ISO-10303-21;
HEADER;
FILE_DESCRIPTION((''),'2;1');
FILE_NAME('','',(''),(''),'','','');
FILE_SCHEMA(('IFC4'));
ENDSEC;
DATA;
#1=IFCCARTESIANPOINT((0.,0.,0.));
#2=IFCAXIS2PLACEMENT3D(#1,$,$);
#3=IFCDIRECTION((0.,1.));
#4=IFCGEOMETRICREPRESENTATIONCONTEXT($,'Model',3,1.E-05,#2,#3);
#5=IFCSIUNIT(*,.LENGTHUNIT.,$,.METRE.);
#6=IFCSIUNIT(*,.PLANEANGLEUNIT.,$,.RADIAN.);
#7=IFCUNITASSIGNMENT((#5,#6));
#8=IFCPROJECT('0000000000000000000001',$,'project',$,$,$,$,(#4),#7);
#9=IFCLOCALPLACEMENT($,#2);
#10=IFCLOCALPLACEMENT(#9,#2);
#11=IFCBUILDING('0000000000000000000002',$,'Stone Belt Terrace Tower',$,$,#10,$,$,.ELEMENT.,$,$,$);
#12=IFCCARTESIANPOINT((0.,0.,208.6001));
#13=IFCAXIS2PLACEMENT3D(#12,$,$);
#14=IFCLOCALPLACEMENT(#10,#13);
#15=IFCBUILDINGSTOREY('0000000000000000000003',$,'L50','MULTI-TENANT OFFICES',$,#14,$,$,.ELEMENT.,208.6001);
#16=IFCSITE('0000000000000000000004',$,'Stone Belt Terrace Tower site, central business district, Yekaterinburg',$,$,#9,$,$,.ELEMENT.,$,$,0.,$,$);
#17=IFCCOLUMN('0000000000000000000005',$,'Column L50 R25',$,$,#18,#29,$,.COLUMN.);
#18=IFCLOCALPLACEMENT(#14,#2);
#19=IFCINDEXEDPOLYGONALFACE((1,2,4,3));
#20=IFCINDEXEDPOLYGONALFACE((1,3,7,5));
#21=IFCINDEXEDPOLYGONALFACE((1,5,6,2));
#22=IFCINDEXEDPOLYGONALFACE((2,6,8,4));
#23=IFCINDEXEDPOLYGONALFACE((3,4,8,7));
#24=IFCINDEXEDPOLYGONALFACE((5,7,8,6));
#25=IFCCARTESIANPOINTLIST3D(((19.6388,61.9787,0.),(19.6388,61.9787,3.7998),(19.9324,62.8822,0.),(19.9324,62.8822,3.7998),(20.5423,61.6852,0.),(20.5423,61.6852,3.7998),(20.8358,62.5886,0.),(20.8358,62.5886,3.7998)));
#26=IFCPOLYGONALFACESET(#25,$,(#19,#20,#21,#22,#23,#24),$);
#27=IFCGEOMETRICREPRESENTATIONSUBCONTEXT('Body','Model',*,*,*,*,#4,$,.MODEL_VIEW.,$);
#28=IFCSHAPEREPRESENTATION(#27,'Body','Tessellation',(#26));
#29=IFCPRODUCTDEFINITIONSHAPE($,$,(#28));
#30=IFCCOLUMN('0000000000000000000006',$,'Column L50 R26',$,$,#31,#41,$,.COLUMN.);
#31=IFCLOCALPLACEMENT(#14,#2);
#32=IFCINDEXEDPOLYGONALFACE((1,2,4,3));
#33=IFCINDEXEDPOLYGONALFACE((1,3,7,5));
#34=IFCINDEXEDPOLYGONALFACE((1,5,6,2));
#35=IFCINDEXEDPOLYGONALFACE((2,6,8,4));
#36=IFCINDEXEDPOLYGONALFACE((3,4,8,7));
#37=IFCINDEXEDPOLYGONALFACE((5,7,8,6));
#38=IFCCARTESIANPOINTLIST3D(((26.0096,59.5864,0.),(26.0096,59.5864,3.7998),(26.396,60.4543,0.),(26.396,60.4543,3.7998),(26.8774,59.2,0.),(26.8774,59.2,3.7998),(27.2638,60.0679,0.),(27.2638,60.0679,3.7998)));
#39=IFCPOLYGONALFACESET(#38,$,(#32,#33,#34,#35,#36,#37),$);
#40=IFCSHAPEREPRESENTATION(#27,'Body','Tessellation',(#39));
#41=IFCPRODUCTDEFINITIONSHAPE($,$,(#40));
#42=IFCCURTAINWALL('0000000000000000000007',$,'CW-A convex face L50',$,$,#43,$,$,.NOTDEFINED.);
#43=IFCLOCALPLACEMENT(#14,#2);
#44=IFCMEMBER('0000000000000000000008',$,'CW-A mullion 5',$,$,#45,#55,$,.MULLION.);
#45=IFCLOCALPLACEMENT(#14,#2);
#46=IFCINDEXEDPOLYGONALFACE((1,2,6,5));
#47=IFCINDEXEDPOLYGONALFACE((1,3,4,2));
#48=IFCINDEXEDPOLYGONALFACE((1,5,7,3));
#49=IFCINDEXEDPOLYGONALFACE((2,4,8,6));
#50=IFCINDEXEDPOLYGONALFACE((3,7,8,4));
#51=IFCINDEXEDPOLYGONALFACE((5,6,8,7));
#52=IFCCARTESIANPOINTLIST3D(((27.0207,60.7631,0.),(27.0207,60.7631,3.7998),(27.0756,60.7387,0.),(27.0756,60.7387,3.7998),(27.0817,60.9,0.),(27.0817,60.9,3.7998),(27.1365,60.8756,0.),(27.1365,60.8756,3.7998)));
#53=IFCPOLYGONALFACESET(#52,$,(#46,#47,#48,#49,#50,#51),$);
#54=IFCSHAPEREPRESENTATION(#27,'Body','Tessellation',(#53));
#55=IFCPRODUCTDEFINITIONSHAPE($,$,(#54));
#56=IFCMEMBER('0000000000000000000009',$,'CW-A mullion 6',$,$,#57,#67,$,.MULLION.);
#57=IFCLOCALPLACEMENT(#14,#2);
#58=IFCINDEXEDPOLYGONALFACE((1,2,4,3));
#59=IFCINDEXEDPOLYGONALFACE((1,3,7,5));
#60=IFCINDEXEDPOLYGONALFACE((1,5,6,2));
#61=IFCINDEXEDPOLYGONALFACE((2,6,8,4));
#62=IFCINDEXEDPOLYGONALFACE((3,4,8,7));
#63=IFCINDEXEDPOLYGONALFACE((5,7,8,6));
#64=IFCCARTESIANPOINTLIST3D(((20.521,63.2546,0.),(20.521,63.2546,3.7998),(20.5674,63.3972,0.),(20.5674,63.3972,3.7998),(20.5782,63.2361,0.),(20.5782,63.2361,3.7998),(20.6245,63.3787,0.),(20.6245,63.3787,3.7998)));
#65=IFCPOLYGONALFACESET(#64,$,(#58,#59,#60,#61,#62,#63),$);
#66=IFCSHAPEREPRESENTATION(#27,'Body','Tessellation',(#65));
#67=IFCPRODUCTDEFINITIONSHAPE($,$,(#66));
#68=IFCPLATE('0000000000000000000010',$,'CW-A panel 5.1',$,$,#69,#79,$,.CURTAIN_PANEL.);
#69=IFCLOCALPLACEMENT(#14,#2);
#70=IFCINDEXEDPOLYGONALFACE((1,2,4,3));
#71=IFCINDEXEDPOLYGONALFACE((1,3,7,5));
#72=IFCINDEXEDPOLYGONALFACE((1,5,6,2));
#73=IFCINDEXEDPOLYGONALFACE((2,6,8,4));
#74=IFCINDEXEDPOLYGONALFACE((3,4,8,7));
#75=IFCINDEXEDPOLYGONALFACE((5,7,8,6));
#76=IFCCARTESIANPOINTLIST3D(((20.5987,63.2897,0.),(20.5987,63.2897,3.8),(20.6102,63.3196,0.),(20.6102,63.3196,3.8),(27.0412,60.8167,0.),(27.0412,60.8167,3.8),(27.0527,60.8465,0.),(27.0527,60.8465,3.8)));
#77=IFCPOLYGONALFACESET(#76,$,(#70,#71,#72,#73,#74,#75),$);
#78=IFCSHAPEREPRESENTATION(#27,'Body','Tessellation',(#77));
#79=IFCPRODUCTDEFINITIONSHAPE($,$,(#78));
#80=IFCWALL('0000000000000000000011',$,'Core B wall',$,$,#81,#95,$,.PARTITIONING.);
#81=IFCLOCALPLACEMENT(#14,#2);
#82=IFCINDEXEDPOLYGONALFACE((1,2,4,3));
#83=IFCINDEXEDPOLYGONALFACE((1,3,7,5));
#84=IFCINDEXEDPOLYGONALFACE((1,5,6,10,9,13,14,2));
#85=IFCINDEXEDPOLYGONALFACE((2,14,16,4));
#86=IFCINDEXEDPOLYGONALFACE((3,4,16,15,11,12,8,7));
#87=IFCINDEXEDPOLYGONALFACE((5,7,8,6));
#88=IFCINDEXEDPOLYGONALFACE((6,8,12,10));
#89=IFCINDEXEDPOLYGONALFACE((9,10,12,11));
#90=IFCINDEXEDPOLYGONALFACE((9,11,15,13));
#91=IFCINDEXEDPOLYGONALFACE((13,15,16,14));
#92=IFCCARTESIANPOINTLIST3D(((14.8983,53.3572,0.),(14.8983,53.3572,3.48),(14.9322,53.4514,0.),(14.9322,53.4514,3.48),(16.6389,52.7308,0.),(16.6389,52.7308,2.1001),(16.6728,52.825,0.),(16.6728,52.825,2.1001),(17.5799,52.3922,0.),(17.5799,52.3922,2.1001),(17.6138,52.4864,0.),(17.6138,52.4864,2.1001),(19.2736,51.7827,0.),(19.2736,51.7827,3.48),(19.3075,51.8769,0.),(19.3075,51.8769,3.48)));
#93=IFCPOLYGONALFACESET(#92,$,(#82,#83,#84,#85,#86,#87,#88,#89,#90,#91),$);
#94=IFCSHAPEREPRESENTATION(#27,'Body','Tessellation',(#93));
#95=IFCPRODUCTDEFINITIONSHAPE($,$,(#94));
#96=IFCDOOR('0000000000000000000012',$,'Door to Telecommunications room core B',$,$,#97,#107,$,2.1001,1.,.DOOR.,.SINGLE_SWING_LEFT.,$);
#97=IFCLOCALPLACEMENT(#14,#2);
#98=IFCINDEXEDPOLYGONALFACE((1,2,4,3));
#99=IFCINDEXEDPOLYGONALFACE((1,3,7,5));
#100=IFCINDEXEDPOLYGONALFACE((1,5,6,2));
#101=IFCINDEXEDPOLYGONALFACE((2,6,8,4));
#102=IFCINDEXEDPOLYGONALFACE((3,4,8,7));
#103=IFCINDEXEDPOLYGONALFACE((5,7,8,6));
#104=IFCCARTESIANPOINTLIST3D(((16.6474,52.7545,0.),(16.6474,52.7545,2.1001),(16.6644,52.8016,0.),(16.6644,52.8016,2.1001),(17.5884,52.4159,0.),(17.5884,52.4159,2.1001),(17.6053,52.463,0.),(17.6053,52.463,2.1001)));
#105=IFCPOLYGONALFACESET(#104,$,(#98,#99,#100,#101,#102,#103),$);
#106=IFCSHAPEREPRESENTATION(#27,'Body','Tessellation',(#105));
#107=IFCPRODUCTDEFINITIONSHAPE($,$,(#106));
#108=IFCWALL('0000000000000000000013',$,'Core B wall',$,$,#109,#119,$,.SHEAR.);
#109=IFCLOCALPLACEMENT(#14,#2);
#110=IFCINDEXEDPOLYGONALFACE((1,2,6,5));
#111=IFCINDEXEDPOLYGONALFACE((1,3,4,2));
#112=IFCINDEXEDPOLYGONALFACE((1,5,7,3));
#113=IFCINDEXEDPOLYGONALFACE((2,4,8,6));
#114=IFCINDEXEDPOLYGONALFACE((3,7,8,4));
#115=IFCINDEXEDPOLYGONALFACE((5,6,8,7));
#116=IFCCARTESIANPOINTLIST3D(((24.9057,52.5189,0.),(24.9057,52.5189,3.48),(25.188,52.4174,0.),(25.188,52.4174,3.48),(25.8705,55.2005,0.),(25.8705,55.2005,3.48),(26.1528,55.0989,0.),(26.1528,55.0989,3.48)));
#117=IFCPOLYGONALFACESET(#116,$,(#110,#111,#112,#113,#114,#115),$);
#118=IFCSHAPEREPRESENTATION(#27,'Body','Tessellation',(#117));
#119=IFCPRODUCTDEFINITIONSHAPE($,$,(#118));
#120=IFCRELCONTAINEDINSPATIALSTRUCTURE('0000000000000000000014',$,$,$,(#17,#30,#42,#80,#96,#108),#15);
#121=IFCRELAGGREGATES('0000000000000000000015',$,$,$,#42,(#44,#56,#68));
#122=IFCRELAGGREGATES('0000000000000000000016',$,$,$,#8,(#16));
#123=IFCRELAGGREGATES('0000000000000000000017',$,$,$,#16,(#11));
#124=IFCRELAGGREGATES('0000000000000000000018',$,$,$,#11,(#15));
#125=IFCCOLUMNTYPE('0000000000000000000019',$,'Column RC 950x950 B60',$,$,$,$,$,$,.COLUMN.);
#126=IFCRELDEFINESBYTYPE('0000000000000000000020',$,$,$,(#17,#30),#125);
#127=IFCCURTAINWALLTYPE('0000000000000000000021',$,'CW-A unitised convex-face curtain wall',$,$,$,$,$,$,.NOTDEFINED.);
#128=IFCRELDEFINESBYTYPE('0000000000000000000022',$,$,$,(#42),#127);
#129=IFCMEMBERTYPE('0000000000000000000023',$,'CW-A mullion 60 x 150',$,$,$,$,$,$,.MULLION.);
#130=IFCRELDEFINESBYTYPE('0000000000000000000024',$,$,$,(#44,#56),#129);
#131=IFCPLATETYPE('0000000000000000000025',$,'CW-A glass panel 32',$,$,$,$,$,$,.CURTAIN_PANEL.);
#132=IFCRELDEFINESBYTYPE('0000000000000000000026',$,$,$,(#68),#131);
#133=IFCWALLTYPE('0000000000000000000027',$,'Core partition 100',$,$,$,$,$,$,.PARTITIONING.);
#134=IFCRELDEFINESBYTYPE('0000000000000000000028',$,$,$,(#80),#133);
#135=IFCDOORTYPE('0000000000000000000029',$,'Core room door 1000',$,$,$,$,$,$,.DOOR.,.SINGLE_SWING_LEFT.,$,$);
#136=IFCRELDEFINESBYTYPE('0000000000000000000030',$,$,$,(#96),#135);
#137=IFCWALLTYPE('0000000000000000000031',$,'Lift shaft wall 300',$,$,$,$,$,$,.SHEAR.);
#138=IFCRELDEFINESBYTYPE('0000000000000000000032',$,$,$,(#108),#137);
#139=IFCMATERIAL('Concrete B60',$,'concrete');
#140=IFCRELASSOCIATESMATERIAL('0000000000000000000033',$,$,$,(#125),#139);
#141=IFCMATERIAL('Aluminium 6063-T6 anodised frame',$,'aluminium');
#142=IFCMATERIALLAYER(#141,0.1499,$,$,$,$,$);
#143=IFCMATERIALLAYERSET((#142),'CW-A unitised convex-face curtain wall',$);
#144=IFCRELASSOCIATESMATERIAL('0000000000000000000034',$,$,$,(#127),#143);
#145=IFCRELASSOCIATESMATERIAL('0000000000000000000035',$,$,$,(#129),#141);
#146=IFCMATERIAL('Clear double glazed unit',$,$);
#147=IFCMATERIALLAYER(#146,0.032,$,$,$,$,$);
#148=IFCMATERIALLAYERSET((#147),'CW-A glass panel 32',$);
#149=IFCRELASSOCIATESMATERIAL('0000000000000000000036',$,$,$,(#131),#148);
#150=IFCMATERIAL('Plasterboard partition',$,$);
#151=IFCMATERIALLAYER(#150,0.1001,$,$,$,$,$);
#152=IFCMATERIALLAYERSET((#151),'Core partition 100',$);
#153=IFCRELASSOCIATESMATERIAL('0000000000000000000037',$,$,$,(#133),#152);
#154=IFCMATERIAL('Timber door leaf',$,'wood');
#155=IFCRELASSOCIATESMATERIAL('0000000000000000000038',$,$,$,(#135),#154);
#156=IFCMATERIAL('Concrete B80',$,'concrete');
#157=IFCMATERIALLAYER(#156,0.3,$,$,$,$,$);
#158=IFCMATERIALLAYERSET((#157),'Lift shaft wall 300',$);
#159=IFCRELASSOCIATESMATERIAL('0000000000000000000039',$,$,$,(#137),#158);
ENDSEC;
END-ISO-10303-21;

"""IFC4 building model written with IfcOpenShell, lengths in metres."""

from ifc_helpers import new_model, si_unit, direction, frame, frame_2d, origin, origin_2d, place, context, subcontext, project, spatial, rectangle, extrude, material, layer, layer_set, material_profile, profile_set, type_object, element, fill, aggregate, save


model = new_model("IFC4")

# Units and contexts
model_context = context("Model", 3, precision=1e-05, world=origin(), true_north=direction((0.0, 1.0)))
body_context = subcontext(model_context, "Body", "Model", "MODEL_VIEW")
ifc_project = project(units=[si_unit("LENGTHUNIT", "METRE"), si_unit("PLANEANGLEUNIT", "RADIAN")], contexts=[model_context])

# Site, building, storey
site_placement = place(None, origin())
site = spatial("IfcSite", under=ifc_project, at=site_placement, Name="Stone Belt Terrace Tower site, central business district, Yekaterinburg", CompositionType="ELEMENT", RefElevation=0.0)
building_placement = place(site_placement, origin())
building = spatial("IfcBuilding", under=site, at=building_placement, Name="Stone Belt Terrace Tower", CompositionType="ELEMENT")
storey_placement = place(building_placement, frame((0.0, 0.0, 208.6001)))
storey = spatial("IfcBuildingStorey", under=building, at=storey_placement, Name="L50", Description="MULTI-TENANT OFFICES", CompositionType="ELEMENT", Elevation=208.6001)

# Columns
ifc_material_1 = material(Name="Concrete B60", Category="concrete")
ifc_material_profile_1 = material_profile(ifc_material_1, rectangle(XDim=0.95, YDim=0.95, at=origin_2d()), Name="RC 950x950")
ifc_profile_set_1 = profile_set([ifc_material_profile_1], Name="Concrete B60")
column_type = type_object("IfcColumnType", Name="Column RC 950x950 B60", PredefinedType="COLUMN", material=ifc_profile_set_1)
for number, where, z_axis, x_axis, name in (
    (1, (20.2373, 62.2837, 0.0), (0.0, 0.0, 1.0), (0.951057, -0.309017, 0.0), "Column L50 R25"),
    (2, (26.6367, 59.8271, 0.0), (0.0, 0.0, 1.0), (0.913545, -0.406737, 0.0), "Column L50 R26"),
):
    element("IfcColumn", number, at=place(storey_placement, frame(where, z_axis=z_axis, x_axis=x_axis)), inside=storey, type_object=column_type, Name=name, PredefinedType="COLUMN", context=body_context, shape_type="SweptSolid", body=[
        extrude(rectangle(XDim=0.95, YDim=0.95, at=origin_2d()), origin(), (0.0, 0.0, 1.0), 3.7998),
    ])

# Curtain wall, members, plate
ifc_material_2 = material(Name="Aluminium 6063-T6 anodised frame", Category="aluminium")
ifc_layer_1 = layer(ifc_material_2, 0.1499)
ifc_layer_set_1 = layer_set([ifc_layer_1], Name="CW-A unitised convex-face curtain wall")
curtain_wall_type = type_object("IfcCurtainWallType", Name="CW-A unitised convex-face curtain wall", PredefinedType="NOTDEFINED", material=ifc_layer_set_1)
curtain_wall_placement = place(storey_placement, origin())
curtain_wall = element("IfcCurtainWall", 3, at=curtain_wall_placement, inside=storey, type_object=curtain_wall_type, Name="CW-A convex face L50", PredefinedType="NOTDEFINED")
ifc_material_profile_2 = material_profile(ifc_material_2, rectangle(XDim=0.1499, YDim=0.0601, at=origin_2d()), Name="Aluminium 6063-T6 60x150")
ifc_profile_set_2 = profile_set([ifc_material_profile_2], Name="Aluminium 6063-T6 anodised frame")
member_type = type_object("IfcMemberType", Name="CW-A mullion 60 x 150", PredefinedType="MULLION", material=ifc_profile_set_2)
member_1_placement = place(storey_placement, frame((27.0786, 60.8193, 0.0), z_axis=(0.0, 0.0, 1.0), x_axis=(-0.406737, -0.913545, 0.0)))
member_1 = element("IfcMember", 4, at=member_1_placement, type_object=member_type, Name="CW-A mullion 5", PredefinedType="MULLION", context=body_context, shape_type="SweptSolid", body=[
    extrude(rectangle(XDim=0.1499, YDim=0.0601, at=origin_2d()), origin(), (0.0, 0.0, 1.0), 3.7998),
])
member_2_placement = place(storey_placement, frame((20.5728, 63.3167, 0.0), z_axis=(0.0, 0.0, 1.0), x_axis=(-0.309017, -0.951057, 0.0)))
member_2 = element("IfcMember", 5, at=member_2_placement, type_object=member_type, Name="CW-A mullion 6", PredefinedType="MULLION", context=body_context, shape_type="SweptSolid", body=[
    extrude(rectangle(XDim=0.1499, YDim=0.0601, at=origin_2d()), origin(), (0.0, 0.0, 1.0), 3.7998),
])
ifc_material_3 = material(Name="Clear double glazed unit")
ifc_layer_2 = layer(ifc_material_3, 0.032)
ifc_layer_set_2 = layer_set([ifc_layer_2], Name="CW-A glass panel 32")
plate_type = type_object("IfcPlateType", Name="CW-A glass panel 32", PredefinedType="CURTAIN_PANEL", material=ifc_layer_set_2)
plate_placement = place(storey_placement, frame((23.8257, 62.0681, 0.0), z_axis=(0.0, 0.0, 1.0), x_axis=(-0.93358, 0.358368, 0.0)))
plate = element("IfcPlate", 6, at=plate_placement, type_object=plate_type, Name="CW-A panel 5.1", PredefinedType="CURTAIN_PANEL", context=body_context, shape_type="SweptSolid", body=[
    extrude(rectangle(XDim=6.9009, YDim=0.032, at=origin_2d()), origin(), (0.0, 0.0, 1.0), 3.8),
])
aggregate(curtain_wall, [member_1, member_2, plate])

# Wall, opening, door
ifc_material_4 = material(Name="Plasterboard partition")
ifc_layer_3 = layer(ifc_material_4, 0.1001)
ifc_layer_set_3 = layer_set([ifc_layer_3], Name="Core partition 100")
wall_type_1 = type_object("IfcWallType", Name="Core partition 100", PredefinedType="PARTITIONING", material=ifc_layer_set_3)
wall_1_placement = place(storey_placement, frame((19.2905, 51.8298, 0.0), z_axis=(0.0, 0.0, 1.0), x_axis=(-0.94093, 0.3386, 0.0)))
wall_1 = element("IfcWall", 7, at=wall_1_placement, inside=storey, type_object=wall_type_1, Name="Core B wall", PredefinedType="PARTITIONING", context=body_context, shape_type="SweptSolid", body=[
    extrude(rectangle(XDim=4.6499, YDim=0.1001, at=frame_2d((2.325, 0.0))), origin(), (0.0, 0.0, 1.0), 3.48),
])
opening_1_placement = place(wall_1_placement, frame((1.8, 0.0, 0.0)))
opening_1 = element("IfcOpeningElement", 8, at=opening_1_placement, cuts=wall_1, PredefinedType="OPENING", context=body_context, shape_type="SweptSolid", body=[
    extrude(rectangle(XDim=1.0, YDim=2.1001, at=frame_2d((0.5, 1.05))), frame((0.0, 0.0601, 0.0), z_axis=(0.0, -1.0, 0.0), x_axis=(1.0, 0.0, 0.0)), (0.0, 0.0, 1.0), 0.1201),
])
ifc_material_5 = material(Name="Timber door leaf", Category="wood")
door_type_1 = type_object("IfcDoorType", Name="Core room door 1000", OperationType="SINGLE_SWING_LEFT", PredefinedType="DOOR", material=ifc_material_5)
door_1_placement = place(opening_1_placement, origin())
door_1 = element("IfcDoor", 9, at=door_1_placement, inside=storey, type_object=door_type_1, Name="Door to Telecommunications room core B", OperationType="SINGLE_SWING_LEFT", OverallHeight=2.1001, OverallWidth=1.0, PredefinedType="DOOR", context=body_context, shape_type="SweptSolid", body=[
    extrude(rectangle(XDim=1.0, YDim=2.1001, at=frame_2d((0.5, 1.05))), frame((0.0, 0.0249, 0.0), z_axis=(0.0, -1.0, 0.0), x_axis=(1.0, 0.0, 0.0)), (0.0, 0.0, 1.0), 0.05),
])
fill(opening_1, door_1)

# Wall
ifc_material_6 = material(Name="Concrete B80", Category="concrete")
ifc_layer_4 = layer(ifc_material_6, 0.3)
ifc_layer_set_4 = layer_set([ifc_layer_4], Name="Lift shaft wall 300")
wall_type_2 = type_object("IfcWallType", Name="Lift shaft wall 300", PredefinedType="SHEAR", material=ifc_layer_set_4)
wall_2_placement = place(storey_placement, frame((25.0469, 52.4683, 0.0), z_axis=(0.0, 0.0, 1.0), x_axis=(0.33855, 0.940949, 0.0)))
element("IfcWall", 10, at=wall_2_placement, inside=storey, type_object=wall_type_2, Name="Core B wall", PredefinedType="SHEAR", context=body_context, shape_type="SweptSolid", body=[
    extrude(rectangle(XDim=2.8499, YDim=0.3, at=frame_2d((1.4248, 0.0))), origin(), (0.0, 0.0, 1.0), 3.48),
])

save(model, "model.ifc")
